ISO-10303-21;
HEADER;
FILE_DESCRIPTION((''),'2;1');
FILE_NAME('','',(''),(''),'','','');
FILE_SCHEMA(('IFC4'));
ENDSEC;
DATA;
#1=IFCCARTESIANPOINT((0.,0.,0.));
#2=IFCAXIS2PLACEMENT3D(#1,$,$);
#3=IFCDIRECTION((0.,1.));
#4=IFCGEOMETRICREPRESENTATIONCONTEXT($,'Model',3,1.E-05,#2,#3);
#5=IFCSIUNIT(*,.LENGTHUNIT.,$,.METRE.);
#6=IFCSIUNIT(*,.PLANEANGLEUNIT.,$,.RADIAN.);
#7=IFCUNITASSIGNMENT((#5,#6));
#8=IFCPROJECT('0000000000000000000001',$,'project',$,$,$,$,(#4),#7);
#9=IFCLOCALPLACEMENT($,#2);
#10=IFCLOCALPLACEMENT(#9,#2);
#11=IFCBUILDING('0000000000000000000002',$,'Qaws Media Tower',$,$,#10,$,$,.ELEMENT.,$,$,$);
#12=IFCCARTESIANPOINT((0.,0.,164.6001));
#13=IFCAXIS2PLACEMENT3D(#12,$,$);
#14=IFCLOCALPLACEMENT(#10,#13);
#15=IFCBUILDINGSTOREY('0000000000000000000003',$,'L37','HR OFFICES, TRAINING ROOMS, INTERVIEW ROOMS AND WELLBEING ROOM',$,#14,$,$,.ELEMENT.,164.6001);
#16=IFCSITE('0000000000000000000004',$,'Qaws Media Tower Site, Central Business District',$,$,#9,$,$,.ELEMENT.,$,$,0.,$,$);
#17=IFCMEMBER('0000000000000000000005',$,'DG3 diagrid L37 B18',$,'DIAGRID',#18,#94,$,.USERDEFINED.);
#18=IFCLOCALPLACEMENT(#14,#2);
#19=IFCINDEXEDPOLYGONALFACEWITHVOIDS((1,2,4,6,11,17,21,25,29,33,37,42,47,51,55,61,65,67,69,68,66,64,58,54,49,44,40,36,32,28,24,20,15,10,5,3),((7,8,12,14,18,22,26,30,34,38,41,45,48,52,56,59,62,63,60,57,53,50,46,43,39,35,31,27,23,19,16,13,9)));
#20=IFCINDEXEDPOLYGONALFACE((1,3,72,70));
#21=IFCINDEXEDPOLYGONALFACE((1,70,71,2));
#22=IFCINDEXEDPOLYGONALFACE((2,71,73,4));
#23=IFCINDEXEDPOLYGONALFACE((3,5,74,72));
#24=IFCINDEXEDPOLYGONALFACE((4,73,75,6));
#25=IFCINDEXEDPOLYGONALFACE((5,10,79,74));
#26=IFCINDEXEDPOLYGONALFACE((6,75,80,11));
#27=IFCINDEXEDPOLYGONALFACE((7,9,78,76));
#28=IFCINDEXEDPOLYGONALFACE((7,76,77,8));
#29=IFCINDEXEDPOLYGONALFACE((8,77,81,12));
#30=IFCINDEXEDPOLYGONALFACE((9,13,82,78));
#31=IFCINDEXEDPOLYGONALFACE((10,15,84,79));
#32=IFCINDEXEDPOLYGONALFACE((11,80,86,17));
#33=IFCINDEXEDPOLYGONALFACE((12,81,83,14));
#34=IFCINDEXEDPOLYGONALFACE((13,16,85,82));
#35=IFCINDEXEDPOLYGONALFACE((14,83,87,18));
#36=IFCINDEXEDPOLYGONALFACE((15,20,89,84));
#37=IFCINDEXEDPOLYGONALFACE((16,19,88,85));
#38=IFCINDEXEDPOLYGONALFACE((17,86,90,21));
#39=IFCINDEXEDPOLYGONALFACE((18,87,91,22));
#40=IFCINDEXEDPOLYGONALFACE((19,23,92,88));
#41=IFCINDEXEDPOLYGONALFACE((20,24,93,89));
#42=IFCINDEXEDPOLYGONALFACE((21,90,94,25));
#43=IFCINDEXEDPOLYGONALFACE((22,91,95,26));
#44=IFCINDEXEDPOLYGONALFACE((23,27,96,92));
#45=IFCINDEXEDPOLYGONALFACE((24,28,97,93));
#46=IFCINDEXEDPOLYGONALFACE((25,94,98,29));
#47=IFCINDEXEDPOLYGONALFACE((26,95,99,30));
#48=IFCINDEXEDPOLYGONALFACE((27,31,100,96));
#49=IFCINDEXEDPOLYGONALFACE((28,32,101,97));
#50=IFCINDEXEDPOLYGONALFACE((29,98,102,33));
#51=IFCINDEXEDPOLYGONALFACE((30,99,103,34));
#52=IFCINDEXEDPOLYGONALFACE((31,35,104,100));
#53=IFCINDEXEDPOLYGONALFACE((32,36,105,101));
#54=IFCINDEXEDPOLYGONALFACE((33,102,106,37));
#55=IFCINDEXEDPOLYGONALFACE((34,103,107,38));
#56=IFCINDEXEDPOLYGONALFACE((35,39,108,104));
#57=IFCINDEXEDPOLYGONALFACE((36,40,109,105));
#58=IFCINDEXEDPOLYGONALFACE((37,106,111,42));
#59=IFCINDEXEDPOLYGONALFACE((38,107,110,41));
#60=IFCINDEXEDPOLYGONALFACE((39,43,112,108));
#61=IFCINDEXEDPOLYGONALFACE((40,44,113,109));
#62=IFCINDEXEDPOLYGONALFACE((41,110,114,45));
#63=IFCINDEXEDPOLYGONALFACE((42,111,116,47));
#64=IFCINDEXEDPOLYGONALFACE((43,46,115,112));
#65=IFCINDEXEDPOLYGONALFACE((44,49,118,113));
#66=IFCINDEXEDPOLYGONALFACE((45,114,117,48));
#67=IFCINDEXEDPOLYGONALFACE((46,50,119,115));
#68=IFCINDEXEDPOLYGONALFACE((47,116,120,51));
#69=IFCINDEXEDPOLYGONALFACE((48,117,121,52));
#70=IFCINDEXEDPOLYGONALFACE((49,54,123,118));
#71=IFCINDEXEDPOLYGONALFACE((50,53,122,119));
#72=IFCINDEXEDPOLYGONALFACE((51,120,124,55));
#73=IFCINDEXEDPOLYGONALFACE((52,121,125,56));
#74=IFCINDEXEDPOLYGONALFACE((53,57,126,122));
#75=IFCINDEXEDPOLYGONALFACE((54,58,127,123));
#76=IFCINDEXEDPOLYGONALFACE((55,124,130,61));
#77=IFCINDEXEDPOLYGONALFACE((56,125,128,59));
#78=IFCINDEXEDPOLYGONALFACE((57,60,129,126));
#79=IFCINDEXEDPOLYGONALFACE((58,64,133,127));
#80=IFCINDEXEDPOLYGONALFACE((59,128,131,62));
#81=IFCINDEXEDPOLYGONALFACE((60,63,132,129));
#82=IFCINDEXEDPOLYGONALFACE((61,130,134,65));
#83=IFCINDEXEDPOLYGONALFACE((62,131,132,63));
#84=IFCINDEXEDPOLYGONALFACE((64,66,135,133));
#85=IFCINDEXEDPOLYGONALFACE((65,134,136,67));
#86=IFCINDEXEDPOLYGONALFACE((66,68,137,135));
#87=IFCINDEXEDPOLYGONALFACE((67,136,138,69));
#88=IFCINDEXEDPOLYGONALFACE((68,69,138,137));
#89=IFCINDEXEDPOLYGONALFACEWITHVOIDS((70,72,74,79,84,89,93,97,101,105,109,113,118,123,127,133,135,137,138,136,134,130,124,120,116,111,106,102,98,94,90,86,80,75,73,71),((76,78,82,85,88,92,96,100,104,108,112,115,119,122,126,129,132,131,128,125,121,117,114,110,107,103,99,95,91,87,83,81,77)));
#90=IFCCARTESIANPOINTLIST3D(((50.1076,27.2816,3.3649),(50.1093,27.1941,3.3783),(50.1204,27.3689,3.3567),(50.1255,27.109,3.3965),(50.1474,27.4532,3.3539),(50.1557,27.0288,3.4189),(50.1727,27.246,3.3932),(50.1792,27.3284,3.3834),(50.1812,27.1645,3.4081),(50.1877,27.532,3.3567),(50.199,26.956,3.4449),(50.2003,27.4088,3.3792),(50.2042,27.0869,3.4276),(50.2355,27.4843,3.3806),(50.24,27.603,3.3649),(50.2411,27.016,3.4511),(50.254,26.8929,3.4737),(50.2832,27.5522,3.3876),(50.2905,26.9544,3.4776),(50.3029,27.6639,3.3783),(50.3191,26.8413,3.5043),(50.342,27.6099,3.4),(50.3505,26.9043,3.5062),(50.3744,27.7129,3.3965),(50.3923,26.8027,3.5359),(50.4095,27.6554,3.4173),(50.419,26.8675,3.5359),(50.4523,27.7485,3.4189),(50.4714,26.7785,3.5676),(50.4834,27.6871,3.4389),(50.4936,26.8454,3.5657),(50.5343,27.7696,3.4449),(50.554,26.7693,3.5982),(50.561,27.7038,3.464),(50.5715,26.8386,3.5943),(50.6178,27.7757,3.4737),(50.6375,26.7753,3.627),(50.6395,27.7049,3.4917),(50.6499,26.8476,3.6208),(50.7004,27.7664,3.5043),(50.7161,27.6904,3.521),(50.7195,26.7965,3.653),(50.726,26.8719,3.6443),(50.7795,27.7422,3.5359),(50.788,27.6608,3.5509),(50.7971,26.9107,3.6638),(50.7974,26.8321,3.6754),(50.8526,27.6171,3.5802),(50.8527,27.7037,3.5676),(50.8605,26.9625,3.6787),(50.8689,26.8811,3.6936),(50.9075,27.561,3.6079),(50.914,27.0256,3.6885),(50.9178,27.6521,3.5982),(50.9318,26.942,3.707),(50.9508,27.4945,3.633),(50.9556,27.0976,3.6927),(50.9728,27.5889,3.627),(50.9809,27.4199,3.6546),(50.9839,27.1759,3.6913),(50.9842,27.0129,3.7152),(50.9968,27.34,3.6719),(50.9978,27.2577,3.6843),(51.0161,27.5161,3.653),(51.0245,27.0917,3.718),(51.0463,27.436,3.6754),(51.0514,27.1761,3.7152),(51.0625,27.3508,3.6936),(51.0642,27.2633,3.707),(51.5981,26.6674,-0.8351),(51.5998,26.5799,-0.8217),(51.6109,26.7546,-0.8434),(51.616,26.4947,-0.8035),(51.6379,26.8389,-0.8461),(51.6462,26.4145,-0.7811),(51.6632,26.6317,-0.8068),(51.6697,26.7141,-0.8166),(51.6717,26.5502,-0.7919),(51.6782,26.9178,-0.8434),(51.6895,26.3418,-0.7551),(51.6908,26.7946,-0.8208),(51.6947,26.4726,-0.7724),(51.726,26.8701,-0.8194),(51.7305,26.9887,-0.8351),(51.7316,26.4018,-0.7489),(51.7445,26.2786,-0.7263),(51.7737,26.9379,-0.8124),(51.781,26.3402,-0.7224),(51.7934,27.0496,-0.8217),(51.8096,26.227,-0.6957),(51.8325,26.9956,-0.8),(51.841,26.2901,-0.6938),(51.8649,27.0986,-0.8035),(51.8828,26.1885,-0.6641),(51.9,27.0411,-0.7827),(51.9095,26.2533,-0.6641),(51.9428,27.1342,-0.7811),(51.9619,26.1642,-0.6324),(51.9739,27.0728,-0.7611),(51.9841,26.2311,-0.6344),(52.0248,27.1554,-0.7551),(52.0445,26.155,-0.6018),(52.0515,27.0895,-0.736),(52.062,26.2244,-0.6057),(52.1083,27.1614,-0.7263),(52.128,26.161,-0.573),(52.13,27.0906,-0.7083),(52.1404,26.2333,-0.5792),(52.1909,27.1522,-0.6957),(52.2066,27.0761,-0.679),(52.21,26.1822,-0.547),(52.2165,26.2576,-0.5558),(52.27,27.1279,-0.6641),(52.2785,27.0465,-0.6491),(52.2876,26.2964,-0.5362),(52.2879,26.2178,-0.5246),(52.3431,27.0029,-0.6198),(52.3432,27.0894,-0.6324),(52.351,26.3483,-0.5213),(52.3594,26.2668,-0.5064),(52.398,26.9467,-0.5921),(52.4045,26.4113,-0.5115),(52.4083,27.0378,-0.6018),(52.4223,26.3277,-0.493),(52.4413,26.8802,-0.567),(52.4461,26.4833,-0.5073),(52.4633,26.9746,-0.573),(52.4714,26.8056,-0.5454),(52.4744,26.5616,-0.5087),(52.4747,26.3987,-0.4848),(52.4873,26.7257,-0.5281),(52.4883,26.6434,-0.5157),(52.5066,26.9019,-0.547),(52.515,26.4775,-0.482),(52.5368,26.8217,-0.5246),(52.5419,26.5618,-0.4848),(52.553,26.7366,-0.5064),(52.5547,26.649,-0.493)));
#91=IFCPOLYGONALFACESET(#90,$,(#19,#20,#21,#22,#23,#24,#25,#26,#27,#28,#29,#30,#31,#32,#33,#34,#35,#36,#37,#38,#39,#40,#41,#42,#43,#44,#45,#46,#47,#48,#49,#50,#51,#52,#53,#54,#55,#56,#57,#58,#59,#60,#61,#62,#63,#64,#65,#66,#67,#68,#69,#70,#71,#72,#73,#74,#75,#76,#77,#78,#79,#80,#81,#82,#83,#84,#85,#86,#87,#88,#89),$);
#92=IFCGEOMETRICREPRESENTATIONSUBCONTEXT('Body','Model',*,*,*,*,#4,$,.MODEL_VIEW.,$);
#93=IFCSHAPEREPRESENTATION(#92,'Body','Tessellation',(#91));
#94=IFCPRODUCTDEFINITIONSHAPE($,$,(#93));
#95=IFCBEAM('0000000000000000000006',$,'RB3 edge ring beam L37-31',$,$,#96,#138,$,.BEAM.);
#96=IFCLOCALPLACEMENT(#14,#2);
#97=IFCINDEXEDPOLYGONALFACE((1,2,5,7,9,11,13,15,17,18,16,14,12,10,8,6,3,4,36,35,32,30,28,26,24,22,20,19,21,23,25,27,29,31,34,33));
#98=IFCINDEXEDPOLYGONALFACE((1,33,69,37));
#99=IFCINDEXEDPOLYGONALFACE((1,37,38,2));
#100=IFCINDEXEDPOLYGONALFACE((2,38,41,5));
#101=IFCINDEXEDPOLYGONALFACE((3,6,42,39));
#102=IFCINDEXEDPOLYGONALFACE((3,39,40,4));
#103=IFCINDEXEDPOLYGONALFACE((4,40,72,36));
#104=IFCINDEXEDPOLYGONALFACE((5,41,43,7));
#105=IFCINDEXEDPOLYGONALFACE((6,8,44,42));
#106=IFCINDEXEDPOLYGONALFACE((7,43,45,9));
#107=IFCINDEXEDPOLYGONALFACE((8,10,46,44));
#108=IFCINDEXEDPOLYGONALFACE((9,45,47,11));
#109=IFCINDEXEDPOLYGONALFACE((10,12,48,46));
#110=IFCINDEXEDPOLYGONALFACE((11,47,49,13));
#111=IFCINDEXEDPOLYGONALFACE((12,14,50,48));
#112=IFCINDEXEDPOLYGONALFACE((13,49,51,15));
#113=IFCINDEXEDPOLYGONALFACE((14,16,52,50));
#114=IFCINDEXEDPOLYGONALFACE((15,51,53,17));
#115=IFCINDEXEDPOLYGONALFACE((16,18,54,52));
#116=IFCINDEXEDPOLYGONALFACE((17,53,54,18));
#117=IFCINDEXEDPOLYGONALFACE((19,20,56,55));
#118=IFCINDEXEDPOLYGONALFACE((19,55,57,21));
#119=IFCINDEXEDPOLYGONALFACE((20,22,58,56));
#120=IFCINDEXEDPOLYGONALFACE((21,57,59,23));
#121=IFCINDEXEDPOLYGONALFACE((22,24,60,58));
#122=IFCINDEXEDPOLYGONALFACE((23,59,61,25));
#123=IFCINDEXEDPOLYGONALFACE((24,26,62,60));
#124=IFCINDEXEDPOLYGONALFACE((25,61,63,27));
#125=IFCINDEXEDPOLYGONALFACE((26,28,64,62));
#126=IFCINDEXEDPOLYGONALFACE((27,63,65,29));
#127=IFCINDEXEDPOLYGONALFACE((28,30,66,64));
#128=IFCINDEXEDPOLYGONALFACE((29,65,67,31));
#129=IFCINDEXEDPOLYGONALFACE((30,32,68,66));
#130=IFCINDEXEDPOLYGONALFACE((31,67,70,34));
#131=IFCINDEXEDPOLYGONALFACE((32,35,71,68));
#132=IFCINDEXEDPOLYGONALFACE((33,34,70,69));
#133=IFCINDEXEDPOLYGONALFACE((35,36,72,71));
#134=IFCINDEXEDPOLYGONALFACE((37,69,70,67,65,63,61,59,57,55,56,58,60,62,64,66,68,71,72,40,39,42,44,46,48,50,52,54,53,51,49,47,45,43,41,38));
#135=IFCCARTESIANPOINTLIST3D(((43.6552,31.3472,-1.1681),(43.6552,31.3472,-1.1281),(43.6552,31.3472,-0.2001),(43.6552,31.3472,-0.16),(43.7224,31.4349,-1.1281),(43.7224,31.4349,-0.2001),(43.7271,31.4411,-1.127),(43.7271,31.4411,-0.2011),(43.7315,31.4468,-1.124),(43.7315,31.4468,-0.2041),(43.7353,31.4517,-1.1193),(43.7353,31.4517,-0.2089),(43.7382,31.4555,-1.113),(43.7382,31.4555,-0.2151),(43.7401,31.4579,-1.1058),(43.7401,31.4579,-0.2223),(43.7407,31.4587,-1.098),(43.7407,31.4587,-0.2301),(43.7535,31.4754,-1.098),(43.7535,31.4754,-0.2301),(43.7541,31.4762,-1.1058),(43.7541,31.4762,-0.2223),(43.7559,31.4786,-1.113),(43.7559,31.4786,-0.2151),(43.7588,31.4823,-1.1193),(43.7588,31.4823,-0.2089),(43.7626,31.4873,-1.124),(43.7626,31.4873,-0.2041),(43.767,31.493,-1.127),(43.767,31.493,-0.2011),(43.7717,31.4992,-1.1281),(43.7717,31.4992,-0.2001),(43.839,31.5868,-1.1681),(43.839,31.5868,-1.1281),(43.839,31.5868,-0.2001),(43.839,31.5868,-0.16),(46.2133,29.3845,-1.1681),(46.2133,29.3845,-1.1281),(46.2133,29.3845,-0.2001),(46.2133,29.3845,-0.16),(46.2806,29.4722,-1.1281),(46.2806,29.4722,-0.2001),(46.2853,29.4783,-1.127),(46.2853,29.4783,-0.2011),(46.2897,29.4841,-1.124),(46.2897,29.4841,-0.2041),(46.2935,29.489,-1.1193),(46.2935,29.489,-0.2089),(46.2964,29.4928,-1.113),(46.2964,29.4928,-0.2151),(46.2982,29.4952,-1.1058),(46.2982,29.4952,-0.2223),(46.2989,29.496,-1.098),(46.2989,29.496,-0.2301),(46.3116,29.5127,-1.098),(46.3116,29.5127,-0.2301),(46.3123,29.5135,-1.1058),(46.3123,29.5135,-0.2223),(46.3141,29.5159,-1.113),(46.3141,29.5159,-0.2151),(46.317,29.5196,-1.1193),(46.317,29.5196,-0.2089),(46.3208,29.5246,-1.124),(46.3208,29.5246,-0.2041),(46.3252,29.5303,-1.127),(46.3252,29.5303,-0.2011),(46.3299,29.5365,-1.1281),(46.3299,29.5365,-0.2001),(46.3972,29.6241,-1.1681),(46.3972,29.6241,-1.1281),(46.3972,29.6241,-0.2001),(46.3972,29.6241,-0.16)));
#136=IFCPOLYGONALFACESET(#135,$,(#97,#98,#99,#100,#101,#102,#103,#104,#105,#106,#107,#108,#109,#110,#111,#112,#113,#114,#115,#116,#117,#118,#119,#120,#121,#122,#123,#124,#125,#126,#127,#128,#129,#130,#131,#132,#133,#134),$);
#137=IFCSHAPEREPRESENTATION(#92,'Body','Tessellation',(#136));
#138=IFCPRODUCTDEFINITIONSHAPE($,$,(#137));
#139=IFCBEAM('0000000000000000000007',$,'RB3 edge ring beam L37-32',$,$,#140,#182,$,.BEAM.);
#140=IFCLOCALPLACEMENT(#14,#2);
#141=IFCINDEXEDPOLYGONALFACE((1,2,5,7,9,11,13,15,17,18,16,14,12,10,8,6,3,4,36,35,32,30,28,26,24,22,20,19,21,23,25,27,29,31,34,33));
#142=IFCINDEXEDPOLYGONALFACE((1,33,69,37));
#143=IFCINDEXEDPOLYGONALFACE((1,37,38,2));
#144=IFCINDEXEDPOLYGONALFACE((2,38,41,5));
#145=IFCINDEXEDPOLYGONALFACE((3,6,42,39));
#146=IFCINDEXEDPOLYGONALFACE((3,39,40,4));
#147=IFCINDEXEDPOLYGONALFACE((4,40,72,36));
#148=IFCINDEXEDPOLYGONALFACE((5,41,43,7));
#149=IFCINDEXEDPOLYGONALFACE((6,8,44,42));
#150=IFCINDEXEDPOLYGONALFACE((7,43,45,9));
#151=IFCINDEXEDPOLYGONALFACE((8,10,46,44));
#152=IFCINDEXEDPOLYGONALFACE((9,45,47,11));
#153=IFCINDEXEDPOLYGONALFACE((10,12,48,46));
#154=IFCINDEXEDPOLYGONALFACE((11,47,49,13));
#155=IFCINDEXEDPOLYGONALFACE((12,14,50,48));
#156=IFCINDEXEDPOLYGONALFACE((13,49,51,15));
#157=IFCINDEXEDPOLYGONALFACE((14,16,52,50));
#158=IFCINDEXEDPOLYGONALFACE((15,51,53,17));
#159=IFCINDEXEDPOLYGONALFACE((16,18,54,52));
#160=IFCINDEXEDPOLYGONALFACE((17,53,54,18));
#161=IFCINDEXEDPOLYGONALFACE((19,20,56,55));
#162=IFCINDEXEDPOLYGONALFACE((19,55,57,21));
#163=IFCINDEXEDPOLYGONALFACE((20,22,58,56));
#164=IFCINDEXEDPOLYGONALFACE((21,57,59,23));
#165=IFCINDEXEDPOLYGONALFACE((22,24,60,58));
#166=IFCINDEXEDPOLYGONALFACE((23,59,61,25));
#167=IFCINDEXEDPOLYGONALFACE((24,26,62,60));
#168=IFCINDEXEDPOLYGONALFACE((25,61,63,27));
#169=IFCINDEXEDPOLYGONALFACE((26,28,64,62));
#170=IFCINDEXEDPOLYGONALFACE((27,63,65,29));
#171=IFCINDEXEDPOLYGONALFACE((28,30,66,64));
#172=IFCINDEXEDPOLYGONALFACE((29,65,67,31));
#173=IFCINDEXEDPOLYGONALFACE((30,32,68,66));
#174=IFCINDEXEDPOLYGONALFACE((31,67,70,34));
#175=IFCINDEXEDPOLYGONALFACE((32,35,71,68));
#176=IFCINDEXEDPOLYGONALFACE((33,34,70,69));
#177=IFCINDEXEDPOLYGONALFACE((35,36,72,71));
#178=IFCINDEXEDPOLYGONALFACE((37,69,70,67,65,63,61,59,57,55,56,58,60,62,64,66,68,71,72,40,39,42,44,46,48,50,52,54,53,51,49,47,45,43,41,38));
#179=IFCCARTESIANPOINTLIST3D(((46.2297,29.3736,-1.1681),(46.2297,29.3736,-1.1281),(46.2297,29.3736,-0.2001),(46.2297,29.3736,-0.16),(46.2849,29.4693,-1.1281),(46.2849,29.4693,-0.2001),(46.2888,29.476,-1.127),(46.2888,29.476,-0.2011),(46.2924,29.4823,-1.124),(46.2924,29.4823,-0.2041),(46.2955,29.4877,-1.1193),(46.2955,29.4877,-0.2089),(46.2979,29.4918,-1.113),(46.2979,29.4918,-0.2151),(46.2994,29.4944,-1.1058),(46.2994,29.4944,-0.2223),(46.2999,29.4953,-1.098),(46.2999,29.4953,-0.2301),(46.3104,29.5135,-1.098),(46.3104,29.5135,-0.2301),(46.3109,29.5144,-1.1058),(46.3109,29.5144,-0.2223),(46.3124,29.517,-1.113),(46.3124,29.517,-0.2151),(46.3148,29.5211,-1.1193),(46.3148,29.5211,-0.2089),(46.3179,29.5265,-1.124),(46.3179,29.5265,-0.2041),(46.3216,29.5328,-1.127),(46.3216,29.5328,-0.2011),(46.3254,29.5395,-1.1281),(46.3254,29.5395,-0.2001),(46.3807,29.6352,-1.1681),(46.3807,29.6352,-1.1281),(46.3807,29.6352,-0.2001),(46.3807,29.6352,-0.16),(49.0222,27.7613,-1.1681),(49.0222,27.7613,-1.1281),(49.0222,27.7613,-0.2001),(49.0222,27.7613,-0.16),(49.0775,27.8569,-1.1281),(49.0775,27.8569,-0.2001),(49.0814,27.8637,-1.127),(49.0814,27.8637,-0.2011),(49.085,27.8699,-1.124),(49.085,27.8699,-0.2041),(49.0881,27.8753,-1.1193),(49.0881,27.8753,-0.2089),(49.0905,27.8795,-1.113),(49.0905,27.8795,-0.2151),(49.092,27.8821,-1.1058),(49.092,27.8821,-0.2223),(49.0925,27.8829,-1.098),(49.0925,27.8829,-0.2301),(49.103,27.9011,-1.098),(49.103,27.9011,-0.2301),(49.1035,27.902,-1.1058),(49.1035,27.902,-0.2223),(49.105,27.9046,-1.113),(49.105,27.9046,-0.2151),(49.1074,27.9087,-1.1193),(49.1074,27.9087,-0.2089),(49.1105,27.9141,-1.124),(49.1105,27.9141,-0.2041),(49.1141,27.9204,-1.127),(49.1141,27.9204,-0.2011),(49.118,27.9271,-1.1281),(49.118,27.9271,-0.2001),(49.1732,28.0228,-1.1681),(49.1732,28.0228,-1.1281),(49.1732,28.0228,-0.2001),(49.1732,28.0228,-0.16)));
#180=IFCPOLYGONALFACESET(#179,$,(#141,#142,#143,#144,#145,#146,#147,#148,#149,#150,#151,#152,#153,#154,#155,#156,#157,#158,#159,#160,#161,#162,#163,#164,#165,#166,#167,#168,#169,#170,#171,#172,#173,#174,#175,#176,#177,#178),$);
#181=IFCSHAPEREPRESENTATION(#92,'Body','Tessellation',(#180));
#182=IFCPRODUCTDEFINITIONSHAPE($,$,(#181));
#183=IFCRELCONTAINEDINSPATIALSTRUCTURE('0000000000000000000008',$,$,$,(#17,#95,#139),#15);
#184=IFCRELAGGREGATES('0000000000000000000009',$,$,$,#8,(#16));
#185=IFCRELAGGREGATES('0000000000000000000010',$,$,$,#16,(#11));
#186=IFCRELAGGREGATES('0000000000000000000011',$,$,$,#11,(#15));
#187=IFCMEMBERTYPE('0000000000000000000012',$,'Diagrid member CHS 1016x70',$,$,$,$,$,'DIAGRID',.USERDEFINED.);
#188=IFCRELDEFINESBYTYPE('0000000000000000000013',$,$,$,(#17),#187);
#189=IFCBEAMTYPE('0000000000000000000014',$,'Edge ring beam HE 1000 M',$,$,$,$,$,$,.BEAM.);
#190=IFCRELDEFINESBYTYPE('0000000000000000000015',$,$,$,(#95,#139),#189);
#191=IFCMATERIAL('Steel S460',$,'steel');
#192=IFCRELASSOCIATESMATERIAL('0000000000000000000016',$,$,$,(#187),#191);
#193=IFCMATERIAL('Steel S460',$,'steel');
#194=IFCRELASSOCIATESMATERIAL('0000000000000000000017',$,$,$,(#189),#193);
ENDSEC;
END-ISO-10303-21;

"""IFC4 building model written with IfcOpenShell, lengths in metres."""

from ifc_helpers import new_model, si_unit, direction, frame, origin, origin_2d, place, context, subcontext, project, spatial, hollow_circle, i_section, extrude, material, material_profile, profile_set, type_object, element, save


model = new_model("IFC4")

# Units and contexts
model_context = context("Model", 3, precision=1e-05, world=origin(), true_north=direction((0.0, 1.0)))
body_context = subcontext(model_context, "Body", "Model", "MODEL_VIEW")
ifc_project = project(units=[si_unit("LENGTHUNIT", "METRE"), si_unit("PLANEANGLEUNIT", "RADIAN")], contexts=[model_context])

# Site, building, storey
site_placement = place(None, origin())
site = spatial("IfcSite", under=ifc_project, at=site_placement, Name="Qaws Media Tower Site, Central Business District", CompositionType="ELEMENT", RefElevation=0.0)
building_placement = place(site_placement, origin())
building = spatial("IfcBuilding", under=site, at=building_placement, Name="Qaws Media Tower", CompositionType="ELEMENT")
storey_placement = place(building_placement, frame((0.0, 0.0, 164.6001)))
storey = spatial("IfcBuildingStorey", under=building, at=storey_placement, Name="L37", Description="HR OFFICES, TRAINING ROOMS, INTERVIEW ROOMS AND WELLBEING ROOM", CompositionType="ELEMENT", Elevation=164.6001)

# Member
ifc_material_1 = material(Name="Steel S460", Category="steel")
ifc_material_profile_1 = material_profile(ifc_material_1, hollow_circle(Radius=0.5081, WallThickness=0.0701, at=origin_2d()), Name="CHS 1016x70")
ifc_profile_set_1 = profile_set([ifc_material_profile_1], Name="Steel S460")
member_type_1 = type_object("IfcMemberType", Name="Diagrid member CHS 1016x70", ElementType="DIAGRID", PredefinedType="USERDEFINED", material=ifc_profile_set_1)
for number, where, z_axis, x_axis, name in (
    (1, (52.0764, 26.6582, -0.6641), (-0.331312, 0.136541, 0.933589), (-0.381032, -0.924562, 0.0), "DG3 diagrid L37 B18"),
):
    element("IfcMember", number, at=place(storey_placement, frame(where, z_axis=z_axis, x_axis=x_axis)), inside=storey, type_object=member_type_1, Name=name, ObjectType="DIAGRID", PredefinedType="USERDEFINED", context=body_context, shape_type="SweptSolid", body=[
        extrude(hollow_circle(Radius=0.5081, WallThickness=0.0701, at=origin_2d()), origin(), (0.0, 0.0, 1.0), 4.4988),
    ])

# Beams
ifc_material_2 = material(Name="Steel S460", Category="steel")
ifc_material_profile_2 = material_profile(ifc_material_2, i_section(OverallWidth=0.302, OverallDepth=1.0081, WebThickness=0.021, FlangeThickness=0.04, FilletRadius=0.03, at=origin_2d()), Name="HE 1000 M")
ifc_profile_set_2 = profile_set([ifc_material_profile_2], Name="Steel S460")
beam_type = type_object("IfcBeamType", Name="Edge ring beam HE 1000 M", PredefinedType="BEAM", material=ifc_profile_set_2)
beam_1_placement = place(storey_placement, frame((43.7471, 31.467, -0.6641), z_axis=(0.793392, -0.608711, 0.0), x_axis=(0.608711, 0.793392, 0.0)))
element("IfcBeam", 2, at=beam_1_placement, inside=storey, type_object=beam_type, Name="RB3 edge ring beam L37-31", PredefinedType="BEAM", context=body_context, shape_type="SweptSolid", body=[
    extrude(i_section(OverallWidth=0.302, OverallDepth=1.0081, WebThickness=0.021, FlangeThickness=0.04, FilletRadius=0.03, at=origin_2d()), origin(), (0.0, 0.0, 1.0), 3.2244),
])
beam_2_placement = place(storey_placement, frame((46.3052, 29.5044, -0.6641), z_axis=(0.866017, -0.500015, 0.0), x_axis=(0.500015, 0.866017, 0.0)))
element("IfcBeam", 3, at=beam_2_placement, inside=storey, type_object=beam_type, Name="RB3 edge ring beam L37-32", PredefinedType="BEAM", context=body_context, shape_type="SweptSolid", body=[
    extrude(i_section(OverallWidth=0.302, OverallDepth=1.0081, WebThickness=0.021, FlangeThickness=0.04, FilletRadius=0.03, at=origin_2d()), origin(), (0.0, 0.0, 1.0), 3.2246),
])

save(model, "model.ifc")
